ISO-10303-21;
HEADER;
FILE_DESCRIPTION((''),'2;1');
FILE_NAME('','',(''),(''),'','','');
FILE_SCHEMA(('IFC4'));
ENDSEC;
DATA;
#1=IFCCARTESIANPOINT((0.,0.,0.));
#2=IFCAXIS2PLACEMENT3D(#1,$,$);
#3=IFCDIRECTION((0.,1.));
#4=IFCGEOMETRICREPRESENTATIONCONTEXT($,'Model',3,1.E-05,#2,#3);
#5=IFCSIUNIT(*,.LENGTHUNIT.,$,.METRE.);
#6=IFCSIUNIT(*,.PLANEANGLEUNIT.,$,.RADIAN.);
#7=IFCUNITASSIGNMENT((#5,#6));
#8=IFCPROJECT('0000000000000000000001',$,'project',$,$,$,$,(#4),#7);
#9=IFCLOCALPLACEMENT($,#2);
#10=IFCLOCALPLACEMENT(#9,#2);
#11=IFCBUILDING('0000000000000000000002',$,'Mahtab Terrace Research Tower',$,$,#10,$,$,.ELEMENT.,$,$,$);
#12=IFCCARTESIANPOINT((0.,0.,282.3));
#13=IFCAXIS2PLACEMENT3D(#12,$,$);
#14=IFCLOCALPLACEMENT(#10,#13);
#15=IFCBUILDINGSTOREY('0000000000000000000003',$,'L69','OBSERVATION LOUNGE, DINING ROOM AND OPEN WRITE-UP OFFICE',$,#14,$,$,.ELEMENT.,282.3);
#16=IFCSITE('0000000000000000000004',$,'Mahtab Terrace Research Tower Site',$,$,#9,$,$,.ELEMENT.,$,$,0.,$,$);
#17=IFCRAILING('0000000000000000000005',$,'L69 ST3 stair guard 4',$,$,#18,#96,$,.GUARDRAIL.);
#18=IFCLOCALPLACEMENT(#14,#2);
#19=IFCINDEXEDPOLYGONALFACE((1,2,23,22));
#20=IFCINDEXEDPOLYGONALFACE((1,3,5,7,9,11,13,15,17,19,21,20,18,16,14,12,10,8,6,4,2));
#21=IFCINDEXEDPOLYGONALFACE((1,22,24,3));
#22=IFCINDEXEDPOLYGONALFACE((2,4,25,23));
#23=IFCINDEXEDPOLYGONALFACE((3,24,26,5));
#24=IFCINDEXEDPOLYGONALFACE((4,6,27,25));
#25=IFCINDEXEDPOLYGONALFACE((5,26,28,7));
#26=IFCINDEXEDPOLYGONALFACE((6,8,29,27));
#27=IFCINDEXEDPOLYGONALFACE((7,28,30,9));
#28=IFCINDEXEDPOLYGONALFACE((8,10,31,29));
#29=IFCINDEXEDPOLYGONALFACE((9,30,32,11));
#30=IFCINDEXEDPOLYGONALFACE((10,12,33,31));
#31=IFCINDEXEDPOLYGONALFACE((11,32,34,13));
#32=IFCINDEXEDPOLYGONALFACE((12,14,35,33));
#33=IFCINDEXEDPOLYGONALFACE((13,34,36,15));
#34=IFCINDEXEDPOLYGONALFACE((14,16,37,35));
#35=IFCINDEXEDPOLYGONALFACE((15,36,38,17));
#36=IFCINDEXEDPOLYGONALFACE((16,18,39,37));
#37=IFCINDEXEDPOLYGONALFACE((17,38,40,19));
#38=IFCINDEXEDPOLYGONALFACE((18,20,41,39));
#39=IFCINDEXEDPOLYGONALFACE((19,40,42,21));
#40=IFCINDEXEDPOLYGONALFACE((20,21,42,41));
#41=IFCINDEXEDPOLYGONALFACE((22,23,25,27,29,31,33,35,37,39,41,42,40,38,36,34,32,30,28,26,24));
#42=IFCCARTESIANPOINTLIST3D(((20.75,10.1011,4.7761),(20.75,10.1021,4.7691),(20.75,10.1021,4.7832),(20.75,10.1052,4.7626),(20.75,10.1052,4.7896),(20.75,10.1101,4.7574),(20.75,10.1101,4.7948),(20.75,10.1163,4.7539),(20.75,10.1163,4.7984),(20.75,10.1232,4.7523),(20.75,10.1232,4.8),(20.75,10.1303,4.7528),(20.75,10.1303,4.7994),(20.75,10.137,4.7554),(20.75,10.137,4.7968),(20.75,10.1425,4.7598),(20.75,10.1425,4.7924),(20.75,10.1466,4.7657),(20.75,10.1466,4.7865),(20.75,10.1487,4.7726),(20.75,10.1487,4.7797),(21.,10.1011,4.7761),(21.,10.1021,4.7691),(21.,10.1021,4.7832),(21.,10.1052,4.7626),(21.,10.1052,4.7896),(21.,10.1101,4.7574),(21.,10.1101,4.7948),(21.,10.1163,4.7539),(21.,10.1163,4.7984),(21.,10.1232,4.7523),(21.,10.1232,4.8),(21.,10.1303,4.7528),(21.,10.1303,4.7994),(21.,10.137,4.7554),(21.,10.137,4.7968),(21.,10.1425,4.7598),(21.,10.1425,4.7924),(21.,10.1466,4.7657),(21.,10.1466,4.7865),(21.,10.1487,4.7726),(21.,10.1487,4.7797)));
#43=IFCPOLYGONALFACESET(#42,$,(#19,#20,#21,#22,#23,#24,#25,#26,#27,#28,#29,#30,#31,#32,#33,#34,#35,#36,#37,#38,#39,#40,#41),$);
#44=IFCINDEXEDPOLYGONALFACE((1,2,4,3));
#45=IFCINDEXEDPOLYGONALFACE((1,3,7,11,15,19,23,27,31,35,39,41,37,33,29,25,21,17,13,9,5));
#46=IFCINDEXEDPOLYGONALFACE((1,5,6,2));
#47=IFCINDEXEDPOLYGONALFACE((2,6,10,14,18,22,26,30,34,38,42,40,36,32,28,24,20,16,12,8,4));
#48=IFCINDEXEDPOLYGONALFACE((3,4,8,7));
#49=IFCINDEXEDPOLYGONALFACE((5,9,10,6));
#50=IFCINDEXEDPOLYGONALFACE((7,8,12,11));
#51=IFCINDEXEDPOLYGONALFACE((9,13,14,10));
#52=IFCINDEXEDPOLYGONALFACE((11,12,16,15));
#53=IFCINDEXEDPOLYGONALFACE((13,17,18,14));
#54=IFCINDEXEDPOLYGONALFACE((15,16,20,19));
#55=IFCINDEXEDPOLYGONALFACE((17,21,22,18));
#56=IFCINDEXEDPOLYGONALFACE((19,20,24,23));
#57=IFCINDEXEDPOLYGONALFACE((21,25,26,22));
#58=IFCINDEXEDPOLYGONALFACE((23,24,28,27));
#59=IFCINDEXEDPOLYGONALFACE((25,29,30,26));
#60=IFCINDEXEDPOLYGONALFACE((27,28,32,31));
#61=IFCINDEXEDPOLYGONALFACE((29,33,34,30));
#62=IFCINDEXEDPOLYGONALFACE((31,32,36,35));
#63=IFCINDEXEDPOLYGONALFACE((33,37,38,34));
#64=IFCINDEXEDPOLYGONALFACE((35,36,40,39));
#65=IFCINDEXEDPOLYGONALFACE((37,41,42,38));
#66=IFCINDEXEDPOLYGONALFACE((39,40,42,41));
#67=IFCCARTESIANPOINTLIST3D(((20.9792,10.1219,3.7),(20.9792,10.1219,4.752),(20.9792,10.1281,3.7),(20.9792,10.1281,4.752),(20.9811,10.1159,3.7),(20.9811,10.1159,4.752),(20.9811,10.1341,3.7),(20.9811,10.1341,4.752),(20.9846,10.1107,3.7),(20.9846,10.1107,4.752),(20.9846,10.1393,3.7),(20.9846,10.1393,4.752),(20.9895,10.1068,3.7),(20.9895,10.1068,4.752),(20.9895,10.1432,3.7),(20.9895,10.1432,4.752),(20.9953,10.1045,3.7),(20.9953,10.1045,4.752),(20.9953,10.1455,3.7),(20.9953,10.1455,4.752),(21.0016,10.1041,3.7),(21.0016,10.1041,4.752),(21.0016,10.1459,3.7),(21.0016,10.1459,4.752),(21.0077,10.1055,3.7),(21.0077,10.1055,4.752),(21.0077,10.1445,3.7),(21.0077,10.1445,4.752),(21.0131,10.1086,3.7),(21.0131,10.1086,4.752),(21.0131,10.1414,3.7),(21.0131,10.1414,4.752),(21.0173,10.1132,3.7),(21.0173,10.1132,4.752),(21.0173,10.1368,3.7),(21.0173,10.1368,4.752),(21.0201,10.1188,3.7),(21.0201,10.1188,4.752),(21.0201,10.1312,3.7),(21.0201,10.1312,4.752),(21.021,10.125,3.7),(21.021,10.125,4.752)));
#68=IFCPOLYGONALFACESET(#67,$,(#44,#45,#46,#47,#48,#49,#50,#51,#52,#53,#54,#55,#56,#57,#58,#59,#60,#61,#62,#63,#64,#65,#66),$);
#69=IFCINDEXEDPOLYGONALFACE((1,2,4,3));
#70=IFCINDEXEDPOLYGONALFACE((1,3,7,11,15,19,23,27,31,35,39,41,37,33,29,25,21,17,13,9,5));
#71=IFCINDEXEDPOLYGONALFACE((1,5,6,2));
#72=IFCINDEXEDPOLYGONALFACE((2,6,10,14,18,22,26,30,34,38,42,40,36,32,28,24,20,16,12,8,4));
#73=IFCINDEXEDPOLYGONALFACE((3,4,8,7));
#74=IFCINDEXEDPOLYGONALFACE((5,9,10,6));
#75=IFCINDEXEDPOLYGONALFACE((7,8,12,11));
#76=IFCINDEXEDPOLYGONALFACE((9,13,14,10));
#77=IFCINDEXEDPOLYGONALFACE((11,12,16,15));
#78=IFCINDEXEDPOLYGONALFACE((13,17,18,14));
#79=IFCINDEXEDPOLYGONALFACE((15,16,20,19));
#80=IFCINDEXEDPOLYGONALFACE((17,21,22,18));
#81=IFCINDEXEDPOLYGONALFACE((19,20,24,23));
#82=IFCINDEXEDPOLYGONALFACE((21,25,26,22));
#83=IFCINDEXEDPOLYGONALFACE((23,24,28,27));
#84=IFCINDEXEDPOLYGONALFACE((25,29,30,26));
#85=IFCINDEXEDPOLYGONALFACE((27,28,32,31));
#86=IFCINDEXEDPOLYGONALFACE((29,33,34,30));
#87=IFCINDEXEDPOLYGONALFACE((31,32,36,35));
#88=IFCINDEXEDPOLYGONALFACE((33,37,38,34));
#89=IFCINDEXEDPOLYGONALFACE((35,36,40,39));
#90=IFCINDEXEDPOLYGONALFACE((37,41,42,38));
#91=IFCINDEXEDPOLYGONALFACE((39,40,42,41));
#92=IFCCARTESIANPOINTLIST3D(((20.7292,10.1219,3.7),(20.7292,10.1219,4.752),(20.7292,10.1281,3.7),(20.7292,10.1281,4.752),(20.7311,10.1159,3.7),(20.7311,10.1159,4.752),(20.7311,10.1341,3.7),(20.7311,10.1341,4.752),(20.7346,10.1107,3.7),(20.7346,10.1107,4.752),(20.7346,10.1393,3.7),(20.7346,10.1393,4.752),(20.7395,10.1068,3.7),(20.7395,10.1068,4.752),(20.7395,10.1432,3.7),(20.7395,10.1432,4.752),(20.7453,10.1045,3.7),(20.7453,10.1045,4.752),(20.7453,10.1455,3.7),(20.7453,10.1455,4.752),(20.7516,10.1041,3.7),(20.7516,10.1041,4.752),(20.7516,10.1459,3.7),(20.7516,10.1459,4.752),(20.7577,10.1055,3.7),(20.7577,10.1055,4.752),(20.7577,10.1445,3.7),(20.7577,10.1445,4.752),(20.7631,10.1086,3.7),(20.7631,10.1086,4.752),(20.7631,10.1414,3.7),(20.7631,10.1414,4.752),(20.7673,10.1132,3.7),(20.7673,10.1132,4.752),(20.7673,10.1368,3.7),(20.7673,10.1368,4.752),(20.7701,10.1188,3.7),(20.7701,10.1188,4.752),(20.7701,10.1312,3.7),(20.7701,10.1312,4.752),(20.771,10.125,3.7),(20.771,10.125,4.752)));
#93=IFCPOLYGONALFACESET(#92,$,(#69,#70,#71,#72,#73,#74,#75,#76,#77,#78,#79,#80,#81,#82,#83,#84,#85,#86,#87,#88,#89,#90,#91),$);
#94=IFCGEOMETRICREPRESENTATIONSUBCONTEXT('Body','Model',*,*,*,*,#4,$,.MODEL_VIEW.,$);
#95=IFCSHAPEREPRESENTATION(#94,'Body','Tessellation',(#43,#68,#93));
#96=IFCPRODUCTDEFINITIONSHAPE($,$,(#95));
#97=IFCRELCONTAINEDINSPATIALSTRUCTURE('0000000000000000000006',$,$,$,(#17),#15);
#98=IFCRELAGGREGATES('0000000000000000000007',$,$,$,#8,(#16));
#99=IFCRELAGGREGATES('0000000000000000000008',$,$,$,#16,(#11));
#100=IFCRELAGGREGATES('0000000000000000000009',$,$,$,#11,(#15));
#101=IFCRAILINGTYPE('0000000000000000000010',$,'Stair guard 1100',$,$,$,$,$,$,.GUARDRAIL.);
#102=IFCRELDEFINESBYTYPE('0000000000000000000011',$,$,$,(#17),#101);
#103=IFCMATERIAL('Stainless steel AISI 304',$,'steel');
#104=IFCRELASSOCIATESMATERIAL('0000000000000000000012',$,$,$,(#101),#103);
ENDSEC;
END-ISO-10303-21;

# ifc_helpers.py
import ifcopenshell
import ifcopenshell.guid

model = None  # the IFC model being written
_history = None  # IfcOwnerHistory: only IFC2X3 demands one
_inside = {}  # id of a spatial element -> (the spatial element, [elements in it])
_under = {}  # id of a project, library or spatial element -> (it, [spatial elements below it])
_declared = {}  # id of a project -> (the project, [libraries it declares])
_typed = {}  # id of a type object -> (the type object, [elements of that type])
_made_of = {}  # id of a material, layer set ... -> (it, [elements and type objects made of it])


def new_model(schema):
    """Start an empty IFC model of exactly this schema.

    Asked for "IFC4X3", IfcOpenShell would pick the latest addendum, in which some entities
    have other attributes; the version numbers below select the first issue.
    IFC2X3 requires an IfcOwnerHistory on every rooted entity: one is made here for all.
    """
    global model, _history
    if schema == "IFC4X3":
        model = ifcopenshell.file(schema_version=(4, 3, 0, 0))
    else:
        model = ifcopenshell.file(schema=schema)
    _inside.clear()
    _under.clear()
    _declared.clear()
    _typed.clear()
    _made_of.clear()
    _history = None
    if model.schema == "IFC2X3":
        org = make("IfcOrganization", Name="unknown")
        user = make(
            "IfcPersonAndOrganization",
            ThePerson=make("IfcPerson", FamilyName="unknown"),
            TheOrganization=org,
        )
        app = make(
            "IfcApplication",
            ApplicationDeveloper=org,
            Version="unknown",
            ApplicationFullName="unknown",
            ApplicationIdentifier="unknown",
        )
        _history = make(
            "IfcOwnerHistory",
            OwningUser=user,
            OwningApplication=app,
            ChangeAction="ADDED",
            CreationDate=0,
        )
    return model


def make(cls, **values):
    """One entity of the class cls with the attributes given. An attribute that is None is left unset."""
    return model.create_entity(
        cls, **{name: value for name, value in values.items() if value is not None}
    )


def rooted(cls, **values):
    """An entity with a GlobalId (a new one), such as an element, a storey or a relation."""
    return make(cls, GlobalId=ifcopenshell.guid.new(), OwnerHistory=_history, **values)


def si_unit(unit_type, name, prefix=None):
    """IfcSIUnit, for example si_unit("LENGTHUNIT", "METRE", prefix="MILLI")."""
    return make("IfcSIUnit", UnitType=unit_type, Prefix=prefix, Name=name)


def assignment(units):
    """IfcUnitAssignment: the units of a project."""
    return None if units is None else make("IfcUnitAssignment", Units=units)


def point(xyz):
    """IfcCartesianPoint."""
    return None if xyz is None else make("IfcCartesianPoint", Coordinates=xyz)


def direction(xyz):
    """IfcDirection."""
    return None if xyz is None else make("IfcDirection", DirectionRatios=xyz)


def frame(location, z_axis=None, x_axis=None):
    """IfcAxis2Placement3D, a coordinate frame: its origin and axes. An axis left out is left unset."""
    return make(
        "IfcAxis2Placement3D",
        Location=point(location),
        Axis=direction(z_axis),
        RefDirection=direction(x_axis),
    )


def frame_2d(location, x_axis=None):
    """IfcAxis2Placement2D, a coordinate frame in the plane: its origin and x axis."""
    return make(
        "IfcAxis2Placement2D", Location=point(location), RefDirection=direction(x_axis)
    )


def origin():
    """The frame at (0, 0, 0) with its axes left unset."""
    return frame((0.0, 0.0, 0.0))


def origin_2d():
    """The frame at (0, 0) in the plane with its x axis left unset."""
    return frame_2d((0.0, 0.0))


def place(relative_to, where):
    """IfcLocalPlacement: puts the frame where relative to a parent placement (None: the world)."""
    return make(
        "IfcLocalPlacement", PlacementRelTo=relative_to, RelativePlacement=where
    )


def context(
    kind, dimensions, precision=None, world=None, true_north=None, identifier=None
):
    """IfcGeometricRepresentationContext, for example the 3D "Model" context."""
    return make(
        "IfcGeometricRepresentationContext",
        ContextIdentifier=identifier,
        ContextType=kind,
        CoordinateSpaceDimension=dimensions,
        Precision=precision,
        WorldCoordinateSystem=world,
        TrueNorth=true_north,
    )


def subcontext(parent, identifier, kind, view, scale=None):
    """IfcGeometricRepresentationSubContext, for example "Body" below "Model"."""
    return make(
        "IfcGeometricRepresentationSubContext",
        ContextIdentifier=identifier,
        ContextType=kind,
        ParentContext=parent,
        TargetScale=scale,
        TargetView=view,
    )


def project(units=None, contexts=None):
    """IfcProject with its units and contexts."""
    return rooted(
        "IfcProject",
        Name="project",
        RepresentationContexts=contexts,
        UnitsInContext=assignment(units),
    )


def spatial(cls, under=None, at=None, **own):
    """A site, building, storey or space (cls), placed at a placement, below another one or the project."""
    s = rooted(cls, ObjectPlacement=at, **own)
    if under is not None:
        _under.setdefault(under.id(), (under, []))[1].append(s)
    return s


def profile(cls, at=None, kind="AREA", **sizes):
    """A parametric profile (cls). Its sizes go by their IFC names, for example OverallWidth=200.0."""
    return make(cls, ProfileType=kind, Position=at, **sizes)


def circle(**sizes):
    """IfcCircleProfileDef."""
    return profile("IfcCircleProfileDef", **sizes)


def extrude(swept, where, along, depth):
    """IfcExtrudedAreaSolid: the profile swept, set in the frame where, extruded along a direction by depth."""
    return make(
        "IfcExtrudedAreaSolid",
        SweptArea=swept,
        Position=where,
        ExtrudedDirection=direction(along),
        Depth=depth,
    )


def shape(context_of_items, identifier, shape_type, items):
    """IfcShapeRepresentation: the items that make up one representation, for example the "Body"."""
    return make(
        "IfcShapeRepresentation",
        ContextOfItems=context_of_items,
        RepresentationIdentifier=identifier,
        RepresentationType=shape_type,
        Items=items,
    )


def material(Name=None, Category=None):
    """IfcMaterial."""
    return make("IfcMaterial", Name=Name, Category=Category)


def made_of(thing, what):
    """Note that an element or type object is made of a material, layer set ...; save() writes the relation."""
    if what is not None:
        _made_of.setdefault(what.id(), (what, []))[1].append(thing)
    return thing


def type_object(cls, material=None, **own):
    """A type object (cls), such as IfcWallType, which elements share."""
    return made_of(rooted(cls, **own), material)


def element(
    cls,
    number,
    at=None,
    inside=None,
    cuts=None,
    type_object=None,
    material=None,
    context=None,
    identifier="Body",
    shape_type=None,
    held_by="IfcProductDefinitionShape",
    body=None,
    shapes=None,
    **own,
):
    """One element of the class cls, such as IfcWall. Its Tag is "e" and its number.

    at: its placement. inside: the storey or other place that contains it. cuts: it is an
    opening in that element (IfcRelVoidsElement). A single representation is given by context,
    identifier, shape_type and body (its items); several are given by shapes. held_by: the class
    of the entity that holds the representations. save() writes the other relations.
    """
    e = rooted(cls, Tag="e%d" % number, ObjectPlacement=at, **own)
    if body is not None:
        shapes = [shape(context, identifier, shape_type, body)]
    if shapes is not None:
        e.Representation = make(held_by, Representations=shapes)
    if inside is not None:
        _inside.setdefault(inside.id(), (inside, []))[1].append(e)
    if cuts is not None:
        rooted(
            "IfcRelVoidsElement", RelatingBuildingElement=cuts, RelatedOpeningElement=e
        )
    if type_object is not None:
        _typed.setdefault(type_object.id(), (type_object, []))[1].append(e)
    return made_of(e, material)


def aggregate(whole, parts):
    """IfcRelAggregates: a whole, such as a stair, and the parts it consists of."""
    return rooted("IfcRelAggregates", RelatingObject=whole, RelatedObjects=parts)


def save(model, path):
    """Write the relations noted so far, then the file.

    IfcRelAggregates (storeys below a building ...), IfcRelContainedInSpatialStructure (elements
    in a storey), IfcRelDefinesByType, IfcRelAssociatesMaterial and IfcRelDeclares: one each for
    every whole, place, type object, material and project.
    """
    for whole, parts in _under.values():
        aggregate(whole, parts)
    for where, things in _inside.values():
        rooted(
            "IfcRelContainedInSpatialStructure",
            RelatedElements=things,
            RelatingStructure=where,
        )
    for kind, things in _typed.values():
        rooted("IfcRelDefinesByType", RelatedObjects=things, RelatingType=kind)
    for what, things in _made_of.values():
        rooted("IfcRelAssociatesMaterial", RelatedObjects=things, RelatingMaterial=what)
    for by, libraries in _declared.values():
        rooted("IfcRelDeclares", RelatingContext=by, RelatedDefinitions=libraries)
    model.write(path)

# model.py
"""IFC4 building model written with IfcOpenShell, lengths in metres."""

from ifc_helpers import new_model, si_unit, direction, frame, origin, origin_2d, place, context, subcontext, project, spatial, circle, extrude, material, type_object, element, save


model = new_model("IFC4")

# Units and contexts
model_context = context("Model", 3, precision=1e-05, world=origin(), true_north=direction((0.0, 1.0)))
body_context = subcontext(model_context, "Body", "Model", "MODEL_VIEW")
ifc_project = project(units=[si_unit("LENGTHUNIT", "METRE"), si_unit("PLANEANGLEUNIT", "RADIAN")], contexts=[model_context])

# Site, building, storey
site_placement = place(None, origin())
site = spatial("IfcSite", under=ifc_project, at=site_placement, Name="Mahtab Terrace Research Tower Site", CompositionType="ELEMENT", RefElevation=0.0)
building_placement = place(site_placement, origin())
building = spatial("IfcBuilding", under=site, at=building_placement, Name="Mahtab Terrace Research Tower", CompositionType="ELEMENT")
storey_placement = place(building_placement, frame((0.0, 0.0, 282.3)))
storey = spatial("IfcBuildingStorey", under=building, at=storey_placement, Name="L69", Description="OBSERVATION LOUNGE, DINING ROOM AND OPEN WRITE-UP OFFICE", CompositionType="ELEMENT", Elevation=282.3)

# Railing
ifc_material_1 = material(Name="Stainless steel AISI 304", Category="steel")
railing_type_1 = type_object("IfcRailingType", Name="Stair guard 1100", PredefinedType="GUARDRAIL", material=ifc_material_1)
railing_1_placement = place(storey_placement, frame((21.0, 10.125, 3.7)))
element("IfcRailing", 1, at=railing_1_placement, inside=storey, type_object=railing_type_1, Name="L69 ST3 stair guard 4", PredefinedType="GUARDRAIL", context=body_context, shape_type="SweptSolid", body=[
    extrude(circle(Radius=0.0239, at=origin_2d()), frame((0.0, 0.0, 1.0762), z_axis=(-1.0, 0.0, 0.0), x_axis=(0.0, -1.0, 0.0)), (0.0, 0.0, 1.0), 0.25),
    extrude(circle(Radius=0.021, at=origin_2d()), origin(), (0.0, 0.0, 1.0), 1.052),
    extrude(circle(Radius=0.021, at=origin_2d()), frame((-0.25, 0.0, 0.0)), (0.0, 0.0, 1.0), 1.052),
])

save(model, "model.ifc")
